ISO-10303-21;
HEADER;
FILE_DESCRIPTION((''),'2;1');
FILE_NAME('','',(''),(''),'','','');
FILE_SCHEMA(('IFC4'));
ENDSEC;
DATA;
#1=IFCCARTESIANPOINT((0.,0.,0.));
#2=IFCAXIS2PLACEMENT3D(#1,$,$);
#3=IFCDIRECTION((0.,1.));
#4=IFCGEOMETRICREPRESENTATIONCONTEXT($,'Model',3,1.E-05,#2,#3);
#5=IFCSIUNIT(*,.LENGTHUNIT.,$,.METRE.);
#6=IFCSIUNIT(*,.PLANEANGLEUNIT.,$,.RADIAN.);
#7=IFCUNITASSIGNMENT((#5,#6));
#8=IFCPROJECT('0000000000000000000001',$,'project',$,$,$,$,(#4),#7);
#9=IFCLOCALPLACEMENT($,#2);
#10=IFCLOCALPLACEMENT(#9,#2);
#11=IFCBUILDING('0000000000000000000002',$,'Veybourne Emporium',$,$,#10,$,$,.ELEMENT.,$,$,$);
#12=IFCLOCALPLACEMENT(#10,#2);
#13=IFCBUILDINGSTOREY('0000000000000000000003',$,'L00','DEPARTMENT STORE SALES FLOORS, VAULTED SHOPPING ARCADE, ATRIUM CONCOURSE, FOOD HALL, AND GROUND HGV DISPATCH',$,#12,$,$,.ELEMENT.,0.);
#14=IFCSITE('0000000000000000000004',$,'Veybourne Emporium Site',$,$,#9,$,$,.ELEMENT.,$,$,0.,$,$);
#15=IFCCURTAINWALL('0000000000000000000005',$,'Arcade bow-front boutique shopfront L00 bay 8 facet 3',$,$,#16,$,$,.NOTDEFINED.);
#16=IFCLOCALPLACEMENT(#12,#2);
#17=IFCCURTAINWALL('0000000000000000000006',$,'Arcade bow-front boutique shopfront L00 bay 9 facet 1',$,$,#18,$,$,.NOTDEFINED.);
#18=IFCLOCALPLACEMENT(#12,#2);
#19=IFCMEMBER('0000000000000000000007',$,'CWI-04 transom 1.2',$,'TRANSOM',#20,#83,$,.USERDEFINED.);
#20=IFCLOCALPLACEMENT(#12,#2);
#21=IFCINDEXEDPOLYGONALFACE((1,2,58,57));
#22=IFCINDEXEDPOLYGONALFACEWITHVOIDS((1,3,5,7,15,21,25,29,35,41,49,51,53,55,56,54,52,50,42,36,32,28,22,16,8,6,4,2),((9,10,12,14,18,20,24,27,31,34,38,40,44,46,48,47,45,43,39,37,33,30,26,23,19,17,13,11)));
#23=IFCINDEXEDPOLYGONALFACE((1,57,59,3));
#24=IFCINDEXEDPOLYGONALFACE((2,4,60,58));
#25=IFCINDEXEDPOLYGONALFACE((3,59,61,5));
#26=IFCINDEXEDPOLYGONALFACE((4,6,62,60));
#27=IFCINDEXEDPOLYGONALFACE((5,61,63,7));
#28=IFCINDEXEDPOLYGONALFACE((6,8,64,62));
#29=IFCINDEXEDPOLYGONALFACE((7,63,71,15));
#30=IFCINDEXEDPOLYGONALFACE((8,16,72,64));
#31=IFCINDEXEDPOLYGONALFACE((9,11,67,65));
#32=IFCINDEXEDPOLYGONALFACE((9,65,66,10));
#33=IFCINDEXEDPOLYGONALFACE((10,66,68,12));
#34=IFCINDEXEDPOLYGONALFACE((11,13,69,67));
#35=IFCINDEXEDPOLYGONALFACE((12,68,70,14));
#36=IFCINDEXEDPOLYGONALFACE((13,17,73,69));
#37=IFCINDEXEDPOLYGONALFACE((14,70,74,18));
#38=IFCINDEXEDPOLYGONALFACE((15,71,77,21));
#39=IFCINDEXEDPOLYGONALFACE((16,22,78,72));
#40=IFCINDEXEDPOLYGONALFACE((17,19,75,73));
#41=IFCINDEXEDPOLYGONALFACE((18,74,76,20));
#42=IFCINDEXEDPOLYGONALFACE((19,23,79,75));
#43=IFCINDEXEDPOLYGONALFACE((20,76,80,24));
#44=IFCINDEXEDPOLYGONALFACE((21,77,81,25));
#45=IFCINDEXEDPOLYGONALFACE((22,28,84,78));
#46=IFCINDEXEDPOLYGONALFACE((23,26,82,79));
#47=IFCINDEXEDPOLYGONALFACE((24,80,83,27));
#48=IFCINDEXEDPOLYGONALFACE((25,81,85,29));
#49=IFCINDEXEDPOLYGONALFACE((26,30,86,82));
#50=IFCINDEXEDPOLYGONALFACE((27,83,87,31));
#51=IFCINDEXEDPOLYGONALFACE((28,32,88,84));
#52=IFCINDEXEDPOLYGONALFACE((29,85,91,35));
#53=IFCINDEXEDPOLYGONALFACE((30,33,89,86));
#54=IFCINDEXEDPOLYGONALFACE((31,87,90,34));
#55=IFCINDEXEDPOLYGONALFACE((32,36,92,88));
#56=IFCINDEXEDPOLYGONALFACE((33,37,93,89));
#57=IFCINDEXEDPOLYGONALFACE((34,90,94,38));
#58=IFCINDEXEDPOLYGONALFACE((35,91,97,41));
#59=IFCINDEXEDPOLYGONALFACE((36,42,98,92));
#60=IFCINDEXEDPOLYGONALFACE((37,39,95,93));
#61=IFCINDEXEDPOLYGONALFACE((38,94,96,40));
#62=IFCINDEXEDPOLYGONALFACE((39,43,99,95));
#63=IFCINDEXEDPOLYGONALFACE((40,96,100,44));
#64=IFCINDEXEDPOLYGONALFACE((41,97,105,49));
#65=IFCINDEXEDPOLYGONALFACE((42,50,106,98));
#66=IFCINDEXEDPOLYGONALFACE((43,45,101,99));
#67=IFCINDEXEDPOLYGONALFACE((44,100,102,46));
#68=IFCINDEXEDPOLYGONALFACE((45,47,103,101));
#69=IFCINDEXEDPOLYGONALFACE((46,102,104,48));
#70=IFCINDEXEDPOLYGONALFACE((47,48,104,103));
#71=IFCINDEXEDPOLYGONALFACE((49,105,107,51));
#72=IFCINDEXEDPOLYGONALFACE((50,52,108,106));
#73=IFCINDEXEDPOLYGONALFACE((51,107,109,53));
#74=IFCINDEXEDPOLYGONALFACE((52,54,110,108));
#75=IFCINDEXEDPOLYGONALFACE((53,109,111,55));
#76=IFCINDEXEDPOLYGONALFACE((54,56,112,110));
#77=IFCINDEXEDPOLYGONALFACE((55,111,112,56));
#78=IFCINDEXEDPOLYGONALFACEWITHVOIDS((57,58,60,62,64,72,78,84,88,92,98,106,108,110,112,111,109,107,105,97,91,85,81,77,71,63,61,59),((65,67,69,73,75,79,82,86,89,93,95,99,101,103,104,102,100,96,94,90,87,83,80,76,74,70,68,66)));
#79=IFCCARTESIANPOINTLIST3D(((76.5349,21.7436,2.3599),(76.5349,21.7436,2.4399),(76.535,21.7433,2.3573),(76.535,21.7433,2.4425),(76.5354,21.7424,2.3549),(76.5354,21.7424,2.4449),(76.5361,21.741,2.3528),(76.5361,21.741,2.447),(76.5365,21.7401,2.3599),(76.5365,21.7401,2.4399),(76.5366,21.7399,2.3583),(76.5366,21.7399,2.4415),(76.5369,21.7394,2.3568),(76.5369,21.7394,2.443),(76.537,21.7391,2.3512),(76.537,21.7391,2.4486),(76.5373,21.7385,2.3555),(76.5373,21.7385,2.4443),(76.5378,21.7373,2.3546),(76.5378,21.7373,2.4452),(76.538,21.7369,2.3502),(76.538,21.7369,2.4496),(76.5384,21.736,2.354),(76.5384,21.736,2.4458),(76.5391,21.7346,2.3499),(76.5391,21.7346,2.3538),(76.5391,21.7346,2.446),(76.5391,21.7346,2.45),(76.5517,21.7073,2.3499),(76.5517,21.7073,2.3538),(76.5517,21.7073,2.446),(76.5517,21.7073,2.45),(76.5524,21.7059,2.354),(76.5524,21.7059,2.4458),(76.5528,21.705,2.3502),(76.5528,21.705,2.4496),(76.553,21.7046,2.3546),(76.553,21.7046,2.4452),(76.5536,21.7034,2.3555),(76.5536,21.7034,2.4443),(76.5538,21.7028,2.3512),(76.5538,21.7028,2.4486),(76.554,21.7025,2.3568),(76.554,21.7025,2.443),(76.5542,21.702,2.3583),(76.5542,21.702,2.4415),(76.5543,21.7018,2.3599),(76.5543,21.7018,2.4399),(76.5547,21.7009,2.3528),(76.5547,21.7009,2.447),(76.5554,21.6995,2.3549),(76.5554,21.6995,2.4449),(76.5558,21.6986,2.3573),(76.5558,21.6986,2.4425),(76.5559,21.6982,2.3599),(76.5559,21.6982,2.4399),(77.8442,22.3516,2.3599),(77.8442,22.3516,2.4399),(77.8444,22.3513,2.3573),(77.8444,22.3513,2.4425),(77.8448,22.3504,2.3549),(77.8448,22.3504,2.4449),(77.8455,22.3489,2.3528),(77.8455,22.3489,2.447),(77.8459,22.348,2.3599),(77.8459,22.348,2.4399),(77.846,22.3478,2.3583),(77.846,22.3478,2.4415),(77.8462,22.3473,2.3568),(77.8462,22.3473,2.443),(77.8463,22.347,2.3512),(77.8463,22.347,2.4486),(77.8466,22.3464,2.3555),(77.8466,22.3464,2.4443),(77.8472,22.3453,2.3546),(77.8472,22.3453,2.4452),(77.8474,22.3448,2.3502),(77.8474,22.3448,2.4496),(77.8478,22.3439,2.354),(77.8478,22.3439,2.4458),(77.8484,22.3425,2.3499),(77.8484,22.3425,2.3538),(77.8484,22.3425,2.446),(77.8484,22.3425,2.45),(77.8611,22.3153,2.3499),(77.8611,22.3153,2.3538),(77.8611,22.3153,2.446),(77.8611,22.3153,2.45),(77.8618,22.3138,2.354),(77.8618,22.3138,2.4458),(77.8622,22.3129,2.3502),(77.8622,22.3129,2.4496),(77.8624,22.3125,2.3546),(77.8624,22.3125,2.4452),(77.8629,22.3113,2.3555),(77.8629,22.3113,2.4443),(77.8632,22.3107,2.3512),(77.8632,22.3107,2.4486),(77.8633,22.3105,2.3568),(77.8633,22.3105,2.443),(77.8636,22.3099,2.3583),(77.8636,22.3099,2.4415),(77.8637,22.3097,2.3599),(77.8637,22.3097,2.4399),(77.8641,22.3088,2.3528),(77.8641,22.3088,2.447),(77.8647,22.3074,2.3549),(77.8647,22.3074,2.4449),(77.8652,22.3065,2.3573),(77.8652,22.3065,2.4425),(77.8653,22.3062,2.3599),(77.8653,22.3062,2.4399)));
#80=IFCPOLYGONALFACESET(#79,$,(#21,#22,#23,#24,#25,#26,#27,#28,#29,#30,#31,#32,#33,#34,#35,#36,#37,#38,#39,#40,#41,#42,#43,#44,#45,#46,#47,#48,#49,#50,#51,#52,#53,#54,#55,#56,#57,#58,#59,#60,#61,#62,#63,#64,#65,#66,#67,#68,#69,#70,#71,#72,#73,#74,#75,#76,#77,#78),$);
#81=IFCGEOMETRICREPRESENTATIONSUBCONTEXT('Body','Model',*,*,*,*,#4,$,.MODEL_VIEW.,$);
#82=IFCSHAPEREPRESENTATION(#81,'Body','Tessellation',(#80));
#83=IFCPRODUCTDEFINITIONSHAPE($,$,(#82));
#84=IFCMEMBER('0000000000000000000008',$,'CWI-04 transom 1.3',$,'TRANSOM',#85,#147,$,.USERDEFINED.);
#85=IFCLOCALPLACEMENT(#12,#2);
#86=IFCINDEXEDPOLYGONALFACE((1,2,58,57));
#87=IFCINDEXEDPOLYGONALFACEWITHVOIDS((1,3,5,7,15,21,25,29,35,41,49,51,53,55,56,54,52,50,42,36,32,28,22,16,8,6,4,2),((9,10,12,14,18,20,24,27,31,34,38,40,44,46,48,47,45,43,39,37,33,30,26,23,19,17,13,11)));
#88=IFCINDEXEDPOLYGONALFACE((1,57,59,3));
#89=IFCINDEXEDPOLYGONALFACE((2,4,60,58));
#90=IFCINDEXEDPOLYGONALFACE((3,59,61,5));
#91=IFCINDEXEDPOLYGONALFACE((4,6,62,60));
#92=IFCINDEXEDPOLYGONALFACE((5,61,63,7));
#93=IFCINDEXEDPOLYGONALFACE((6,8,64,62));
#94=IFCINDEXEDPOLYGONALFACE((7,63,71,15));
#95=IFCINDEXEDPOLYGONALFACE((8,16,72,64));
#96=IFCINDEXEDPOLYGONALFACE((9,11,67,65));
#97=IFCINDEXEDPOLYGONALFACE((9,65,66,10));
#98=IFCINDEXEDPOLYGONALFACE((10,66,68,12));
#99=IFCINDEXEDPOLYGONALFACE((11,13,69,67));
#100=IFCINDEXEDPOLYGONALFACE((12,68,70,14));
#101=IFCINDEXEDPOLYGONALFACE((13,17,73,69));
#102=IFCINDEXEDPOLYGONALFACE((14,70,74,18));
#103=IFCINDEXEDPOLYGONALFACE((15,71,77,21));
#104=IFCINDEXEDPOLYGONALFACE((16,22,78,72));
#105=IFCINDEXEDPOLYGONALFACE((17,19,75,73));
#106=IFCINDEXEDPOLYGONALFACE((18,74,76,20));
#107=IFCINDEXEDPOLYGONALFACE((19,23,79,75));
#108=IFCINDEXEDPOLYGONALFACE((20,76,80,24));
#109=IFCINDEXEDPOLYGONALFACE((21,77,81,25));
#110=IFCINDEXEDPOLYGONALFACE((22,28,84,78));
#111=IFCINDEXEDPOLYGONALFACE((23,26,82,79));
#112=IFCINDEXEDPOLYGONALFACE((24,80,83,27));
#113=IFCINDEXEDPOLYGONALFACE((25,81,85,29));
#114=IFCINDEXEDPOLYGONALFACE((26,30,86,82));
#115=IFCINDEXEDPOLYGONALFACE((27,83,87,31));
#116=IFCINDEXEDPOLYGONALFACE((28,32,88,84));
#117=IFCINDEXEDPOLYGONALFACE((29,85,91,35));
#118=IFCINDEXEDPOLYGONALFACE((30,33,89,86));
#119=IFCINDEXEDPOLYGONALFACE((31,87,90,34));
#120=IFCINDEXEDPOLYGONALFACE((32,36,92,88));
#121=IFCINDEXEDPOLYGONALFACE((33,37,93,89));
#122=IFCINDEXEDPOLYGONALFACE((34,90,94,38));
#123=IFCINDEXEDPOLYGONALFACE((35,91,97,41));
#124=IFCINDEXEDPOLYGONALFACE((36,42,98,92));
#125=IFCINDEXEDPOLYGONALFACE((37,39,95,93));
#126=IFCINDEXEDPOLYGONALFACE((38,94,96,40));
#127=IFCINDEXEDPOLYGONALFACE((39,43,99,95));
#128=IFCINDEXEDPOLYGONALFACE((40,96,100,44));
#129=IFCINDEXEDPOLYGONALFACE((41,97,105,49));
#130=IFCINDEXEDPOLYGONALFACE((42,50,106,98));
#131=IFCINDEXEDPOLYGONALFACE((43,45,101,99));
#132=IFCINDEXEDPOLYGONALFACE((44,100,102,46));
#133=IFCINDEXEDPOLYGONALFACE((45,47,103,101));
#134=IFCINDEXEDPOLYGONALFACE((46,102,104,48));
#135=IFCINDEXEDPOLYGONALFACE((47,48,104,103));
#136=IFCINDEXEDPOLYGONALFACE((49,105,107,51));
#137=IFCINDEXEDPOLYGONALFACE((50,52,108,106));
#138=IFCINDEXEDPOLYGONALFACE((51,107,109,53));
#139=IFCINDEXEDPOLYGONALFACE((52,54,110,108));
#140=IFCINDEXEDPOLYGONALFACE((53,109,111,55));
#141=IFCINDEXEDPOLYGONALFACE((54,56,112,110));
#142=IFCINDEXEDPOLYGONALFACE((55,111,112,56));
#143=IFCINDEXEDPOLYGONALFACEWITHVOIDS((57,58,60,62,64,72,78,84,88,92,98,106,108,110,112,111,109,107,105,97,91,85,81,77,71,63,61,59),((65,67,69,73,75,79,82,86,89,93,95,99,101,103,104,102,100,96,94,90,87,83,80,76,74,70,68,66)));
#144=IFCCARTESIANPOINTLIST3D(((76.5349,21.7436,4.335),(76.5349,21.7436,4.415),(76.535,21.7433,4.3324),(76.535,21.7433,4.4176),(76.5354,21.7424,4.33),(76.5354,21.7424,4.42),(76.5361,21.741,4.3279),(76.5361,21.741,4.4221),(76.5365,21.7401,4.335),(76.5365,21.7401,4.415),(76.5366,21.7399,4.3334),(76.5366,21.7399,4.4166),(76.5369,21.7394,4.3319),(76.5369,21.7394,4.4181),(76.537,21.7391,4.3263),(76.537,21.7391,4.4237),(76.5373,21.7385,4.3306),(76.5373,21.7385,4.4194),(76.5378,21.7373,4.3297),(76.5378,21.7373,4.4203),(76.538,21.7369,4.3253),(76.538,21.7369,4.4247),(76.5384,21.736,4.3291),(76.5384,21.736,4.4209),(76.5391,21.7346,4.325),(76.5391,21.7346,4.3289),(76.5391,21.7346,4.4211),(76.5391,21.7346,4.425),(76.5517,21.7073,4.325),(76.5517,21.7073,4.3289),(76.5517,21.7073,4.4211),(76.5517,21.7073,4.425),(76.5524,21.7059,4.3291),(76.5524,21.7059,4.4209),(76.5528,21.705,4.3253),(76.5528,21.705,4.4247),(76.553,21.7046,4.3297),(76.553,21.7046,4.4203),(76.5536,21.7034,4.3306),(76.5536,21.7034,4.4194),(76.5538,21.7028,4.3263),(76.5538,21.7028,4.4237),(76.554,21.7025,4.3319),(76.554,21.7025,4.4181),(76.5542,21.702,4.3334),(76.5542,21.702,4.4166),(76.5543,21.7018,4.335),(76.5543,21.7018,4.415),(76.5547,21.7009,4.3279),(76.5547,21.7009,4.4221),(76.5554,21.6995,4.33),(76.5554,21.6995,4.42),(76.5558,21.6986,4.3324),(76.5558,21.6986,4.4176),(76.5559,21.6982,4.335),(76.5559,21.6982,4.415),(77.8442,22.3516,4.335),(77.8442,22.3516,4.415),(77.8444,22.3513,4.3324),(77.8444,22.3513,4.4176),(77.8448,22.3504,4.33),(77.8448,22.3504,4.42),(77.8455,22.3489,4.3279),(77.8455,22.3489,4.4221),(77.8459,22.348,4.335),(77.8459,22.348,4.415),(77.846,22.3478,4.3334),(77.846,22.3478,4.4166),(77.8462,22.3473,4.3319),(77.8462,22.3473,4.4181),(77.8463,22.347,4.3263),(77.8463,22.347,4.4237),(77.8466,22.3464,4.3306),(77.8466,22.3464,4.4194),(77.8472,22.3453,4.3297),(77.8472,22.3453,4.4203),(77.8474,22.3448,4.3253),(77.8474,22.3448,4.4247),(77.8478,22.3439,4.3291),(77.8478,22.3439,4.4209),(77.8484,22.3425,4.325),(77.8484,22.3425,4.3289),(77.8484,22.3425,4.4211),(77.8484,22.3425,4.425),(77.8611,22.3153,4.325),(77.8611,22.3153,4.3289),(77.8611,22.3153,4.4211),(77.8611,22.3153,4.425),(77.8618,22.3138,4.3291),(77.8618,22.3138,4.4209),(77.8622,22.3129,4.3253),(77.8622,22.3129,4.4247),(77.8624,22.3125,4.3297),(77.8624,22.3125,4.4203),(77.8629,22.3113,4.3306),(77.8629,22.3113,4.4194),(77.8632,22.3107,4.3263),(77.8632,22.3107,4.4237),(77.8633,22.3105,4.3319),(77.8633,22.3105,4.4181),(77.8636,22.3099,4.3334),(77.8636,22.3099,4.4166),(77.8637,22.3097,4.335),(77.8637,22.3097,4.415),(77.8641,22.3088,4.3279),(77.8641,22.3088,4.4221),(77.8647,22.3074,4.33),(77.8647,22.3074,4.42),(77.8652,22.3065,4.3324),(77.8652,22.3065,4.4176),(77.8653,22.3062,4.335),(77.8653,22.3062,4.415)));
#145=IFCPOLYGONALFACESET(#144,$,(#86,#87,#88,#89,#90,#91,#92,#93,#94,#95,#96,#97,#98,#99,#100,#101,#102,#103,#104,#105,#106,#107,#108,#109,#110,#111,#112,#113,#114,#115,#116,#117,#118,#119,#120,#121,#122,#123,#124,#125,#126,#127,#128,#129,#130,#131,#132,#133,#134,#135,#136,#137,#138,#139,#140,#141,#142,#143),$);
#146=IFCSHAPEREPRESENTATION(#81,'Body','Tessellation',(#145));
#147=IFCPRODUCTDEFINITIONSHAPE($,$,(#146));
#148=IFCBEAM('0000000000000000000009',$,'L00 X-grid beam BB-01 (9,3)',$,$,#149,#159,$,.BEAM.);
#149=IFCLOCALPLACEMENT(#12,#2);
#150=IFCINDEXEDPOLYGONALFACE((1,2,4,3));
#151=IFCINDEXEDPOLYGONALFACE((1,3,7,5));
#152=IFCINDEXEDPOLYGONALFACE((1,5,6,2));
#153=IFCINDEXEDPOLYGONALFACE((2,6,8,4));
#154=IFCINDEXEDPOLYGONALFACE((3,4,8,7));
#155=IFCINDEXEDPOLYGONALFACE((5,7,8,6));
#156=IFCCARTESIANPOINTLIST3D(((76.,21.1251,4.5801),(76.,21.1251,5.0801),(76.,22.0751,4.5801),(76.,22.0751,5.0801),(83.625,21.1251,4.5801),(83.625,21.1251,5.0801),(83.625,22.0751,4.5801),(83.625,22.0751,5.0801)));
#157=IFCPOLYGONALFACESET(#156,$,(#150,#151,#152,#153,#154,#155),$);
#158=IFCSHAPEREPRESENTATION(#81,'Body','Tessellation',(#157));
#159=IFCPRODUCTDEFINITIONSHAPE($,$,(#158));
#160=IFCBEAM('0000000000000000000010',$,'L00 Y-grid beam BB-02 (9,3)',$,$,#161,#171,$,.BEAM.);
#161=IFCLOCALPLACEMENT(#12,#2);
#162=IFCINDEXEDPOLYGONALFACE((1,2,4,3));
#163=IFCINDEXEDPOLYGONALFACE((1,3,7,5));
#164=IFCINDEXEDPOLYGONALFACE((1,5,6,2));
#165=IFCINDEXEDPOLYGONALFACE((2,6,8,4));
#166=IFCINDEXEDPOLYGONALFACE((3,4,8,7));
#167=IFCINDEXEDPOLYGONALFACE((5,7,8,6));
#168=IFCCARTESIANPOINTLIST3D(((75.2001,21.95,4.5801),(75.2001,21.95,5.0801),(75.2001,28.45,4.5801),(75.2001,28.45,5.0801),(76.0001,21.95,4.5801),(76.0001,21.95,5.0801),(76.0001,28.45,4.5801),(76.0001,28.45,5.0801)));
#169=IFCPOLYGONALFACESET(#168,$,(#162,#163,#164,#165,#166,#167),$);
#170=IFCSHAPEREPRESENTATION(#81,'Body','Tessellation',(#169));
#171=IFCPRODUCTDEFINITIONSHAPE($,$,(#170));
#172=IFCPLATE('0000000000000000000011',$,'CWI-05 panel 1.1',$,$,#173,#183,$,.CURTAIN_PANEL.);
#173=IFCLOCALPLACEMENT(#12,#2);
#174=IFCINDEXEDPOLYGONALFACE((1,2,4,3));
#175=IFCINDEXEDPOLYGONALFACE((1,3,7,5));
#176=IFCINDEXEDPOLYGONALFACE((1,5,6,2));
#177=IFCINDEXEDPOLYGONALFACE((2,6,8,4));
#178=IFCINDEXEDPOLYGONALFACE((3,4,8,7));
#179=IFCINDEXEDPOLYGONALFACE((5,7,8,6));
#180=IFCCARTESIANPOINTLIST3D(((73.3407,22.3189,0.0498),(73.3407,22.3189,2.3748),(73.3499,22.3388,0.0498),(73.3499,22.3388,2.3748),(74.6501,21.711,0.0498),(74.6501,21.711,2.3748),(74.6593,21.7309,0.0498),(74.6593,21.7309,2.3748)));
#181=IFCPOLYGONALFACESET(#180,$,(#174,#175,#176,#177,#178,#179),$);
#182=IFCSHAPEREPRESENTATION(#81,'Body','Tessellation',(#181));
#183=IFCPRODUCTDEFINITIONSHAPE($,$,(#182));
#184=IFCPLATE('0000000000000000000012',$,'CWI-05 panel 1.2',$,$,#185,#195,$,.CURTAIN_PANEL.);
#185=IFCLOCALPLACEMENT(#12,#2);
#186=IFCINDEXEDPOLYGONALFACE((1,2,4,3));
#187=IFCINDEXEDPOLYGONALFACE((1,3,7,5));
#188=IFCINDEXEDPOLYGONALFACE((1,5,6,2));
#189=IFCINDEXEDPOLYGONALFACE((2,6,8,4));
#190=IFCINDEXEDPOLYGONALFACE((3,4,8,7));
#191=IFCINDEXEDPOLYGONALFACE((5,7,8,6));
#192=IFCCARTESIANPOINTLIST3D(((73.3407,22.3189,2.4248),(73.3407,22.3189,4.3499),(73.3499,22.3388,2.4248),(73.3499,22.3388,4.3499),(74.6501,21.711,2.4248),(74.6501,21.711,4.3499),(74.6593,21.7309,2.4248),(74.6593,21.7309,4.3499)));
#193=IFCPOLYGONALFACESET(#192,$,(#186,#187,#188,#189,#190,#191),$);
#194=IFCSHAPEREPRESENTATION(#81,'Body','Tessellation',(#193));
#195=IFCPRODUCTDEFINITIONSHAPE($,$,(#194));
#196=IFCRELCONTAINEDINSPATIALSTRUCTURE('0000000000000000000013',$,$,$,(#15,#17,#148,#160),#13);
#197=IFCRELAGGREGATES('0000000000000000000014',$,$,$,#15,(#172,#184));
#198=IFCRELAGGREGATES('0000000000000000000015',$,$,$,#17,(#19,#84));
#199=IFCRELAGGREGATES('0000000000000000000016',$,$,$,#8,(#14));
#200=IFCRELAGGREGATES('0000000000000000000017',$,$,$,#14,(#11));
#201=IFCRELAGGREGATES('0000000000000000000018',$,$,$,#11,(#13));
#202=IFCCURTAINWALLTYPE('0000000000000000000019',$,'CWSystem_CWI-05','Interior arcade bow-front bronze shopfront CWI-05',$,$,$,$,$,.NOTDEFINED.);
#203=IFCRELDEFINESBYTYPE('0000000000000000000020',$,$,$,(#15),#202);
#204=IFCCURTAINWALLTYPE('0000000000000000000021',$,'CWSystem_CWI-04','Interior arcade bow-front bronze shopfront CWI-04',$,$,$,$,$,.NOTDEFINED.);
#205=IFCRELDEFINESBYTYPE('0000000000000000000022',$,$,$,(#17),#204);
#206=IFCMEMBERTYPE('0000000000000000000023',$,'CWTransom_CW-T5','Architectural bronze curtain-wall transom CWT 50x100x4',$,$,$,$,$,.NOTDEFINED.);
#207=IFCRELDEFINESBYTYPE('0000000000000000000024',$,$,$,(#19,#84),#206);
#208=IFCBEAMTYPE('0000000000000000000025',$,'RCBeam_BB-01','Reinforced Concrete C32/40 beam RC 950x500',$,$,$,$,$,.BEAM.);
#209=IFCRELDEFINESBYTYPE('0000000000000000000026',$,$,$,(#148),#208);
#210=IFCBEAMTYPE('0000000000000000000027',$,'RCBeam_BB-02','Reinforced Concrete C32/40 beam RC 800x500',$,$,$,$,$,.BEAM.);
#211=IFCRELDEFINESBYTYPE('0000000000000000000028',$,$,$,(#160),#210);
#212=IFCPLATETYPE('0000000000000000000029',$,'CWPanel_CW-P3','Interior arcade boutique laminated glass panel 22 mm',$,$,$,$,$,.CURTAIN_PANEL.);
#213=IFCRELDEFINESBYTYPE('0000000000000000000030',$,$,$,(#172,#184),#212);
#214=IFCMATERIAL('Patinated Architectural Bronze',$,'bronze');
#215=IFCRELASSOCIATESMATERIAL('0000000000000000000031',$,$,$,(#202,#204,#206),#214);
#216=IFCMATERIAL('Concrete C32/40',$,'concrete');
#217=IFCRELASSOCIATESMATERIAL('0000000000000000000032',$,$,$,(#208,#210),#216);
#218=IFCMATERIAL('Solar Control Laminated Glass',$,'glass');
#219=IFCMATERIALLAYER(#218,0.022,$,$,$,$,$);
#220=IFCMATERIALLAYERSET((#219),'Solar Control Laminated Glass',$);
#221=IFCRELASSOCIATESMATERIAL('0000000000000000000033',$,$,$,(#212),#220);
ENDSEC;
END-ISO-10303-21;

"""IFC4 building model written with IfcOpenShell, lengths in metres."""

from ifc_helpers import new_model, si_unit, direction, frame, origin, origin_2d, place, context, subcontext, project, spatial, rectangle, hollow_rectangle, extrude, material, layer, layer_set, material_profile, profile_set, type_object, element, aggregate, save


model = new_model("IFC4")

# Units and contexts
model_context = context("Model", 3, precision=1e-05, world=origin(), true_north=direction((0.0, 1.0)))
body_context = subcontext(model_context, "Body", "Model", "MODEL_VIEW")
ifc_project = project(units=[si_unit("LENGTHUNIT", "METRE"), si_unit("PLANEANGLEUNIT", "RADIAN")], contexts=[model_context])

# Site, building, storey
site_placement = place(None, origin())
site = spatial("IfcSite", under=ifc_project, at=site_placement, Name="Veybourne Emporium Site", CompositionType="ELEMENT", RefElevation=0.0)
building_placement = place(site_placement, origin())
building = spatial("IfcBuilding", under=site, at=building_placement, Name="Veybourne Emporium", CompositionType="ELEMENT")
storey_placement = place(building_placement, origin())
storey = spatial("IfcBuildingStorey", under=building, at=storey_placement, Name="L00", Description="DEPARTMENT STORE SALES FLOORS, VAULTED SHOPPING ARCADE, ATRIUM CONCOURSE, FOOD HALL, AND GROUND HGV DISPATCH", CompositionType="ELEMENT", Elevation=0.0)

# Curtain walls
ifc_material_1 = material(Name="Patinated Architectural Bronze", Category="bronze")
curtain_wall_type_1 = type_object("IfcCurtainWallType", Name="CWSystem_CWI-05", Description="Interior arcade bow-front bronze shopfront CWI-05", PredefinedType="NOTDEFINED", material=ifc_material_1)
curtain_wall_1_placement = place(storey_placement, origin())
curtain_wall_1 = element("IfcCurtainWall", 1, at=curtain_wall_1_placement, inside=storey, type_object=curtain_wall_type_1, Name="Arcade bow-front boutique shopfront L00 bay 8 facet 3", PredefinedType="NOTDEFINED")
curtain_wall_type_2 = type_object("IfcCurtainWallType", Name="CWSystem_CWI-04", Description="Interior arcade bow-front bronze shopfront CWI-04", PredefinedType="NOTDEFINED", material=ifc_material_1)
curtain_wall_2_placement = place(storey_placement, origin())
curtain_wall_2 = element("IfcCurtainWall", 2, at=curtain_wall_2_placement, inside=storey, type_object=curtain_wall_type_2, Name="Arcade bow-front boutique shopfront L00 bay 9 facet 1", PredefinedType="NOTDEFINED")

# Members
ifc_material_profile_1 = material_profile(ifc_material_1, hollow_rectangle(XDim=0.05, YDim=0.1001, WallThickness=0.0039, InnerFilletRadius=0.0061, OuterFilletRadius=0.01, at=origin_2d()), Name="CWT 50x100x4")
ifc_profile_set_1 = profile_set([ifc_material_profile_1], Name="Patinated Architectural Bronze")
member_type_1 = type_object("IfcMemberType", Name="CWTransom_CW-T5", Description="Architectural bronze curtain-wall transom CWT 50x100x4", PredefinedType="NOTDEFINED", material=ifc_profile_set_1)
member_1_placement = place(storey_placement, frame((76.5454, 21.7209, 2.3999), z_axis=(0.907007, 0.421116, 0.0), x_axis=(-0.421116, 0.907007, 0.0)))
member_1 = element("IfcMember", 3, at=member_1_placement, type_object=member_type_1, Name="CWI-04 transom 1.2", ObjectType="TRANSOM", PredefinedType="USERDEFINED", context=body_context, shape_type="SweptSolid", body=[
    extrude(hollow_rectangle(XDim=0.05, YDim=0.1001, WallThickness=0.0039, InnerFilletRadius=0.0061, OuterFilletRadius=0.01, at=origin_2d()), origin(), (0.0, 0.0, 1.0), 1.4436),
])
member_2_placement = place(storey_placement, frame((76.5454, 21.7209, 4.375), z_axis=(0.907007, 0.421116, 0.0), x_axis=(-0.421116, 0.907007, 0.0)))
member_2 = element("IfcMember", 4, at=member_2_placement, type_object=member_type_1, Name="CWI-04 transom 1.3", ObjectType="TRANSOM", PredefinedType="USERDEFINED", context=body_context, shape_type="SweptSolid", body=[
    extrude(hollow_rectangle(XDim=0.05, YDim=0.1001, WallThickness=0.0039, InnerFilletRadius=0.0061, OuterFilletRadius=0.01, at=origin_2d()), origin(), (0.0, 0.0, 1.0), 1.4436),
])

# Beams
ifc_material_2 = material(Name="Concrete C32/40", Category="concrete")
ifc_material_profile_2 = material_profile(ifc_material_2, rectangle(XDim=0.95, YDim=0.5, at=origin_2d()), Name="RC 950x500")
ifc_profile_set_2 = profile_set([ifc_material_profile_2], Name="Concrete C32/40")
beam_type_1 = type_object("IfcBeamType", Name="RCBeam_BB-01", Description="Reinforced Concrete C32/40 beam RC 950x500", PredefinedType="BEAM", material=ifc_profile_set_2)
beam_1_placement = place(storey_placement, frame((76.0, 21.6001, 4.8301), z_axis=(1.0, 0.0, 0.0), x_axis=(0.0, 1.0, 0.0)))
element("IfcBeam", 5, at=beam_1_placement, inside=storey, type_object=beam_type_1, Name="L00 X-grid beam BB-01 (9,3)", PredefinedType="BEAM", context=body_context, shape_type="SweptSolid", body=[
    extrude(rectangle(XDim=0.95, YDim=0.5, at=origin_2d()), origin(), (0.0, 0.0, 1.0), 7.625),
])
ifc_material_profile_3 = material_profile(ifc_material_2, rectangle(XDim=0.8, YDim=0.5, at=origin_2d()), Name="RC 800x500")
ifc_profile_set_3 = profile_set([ifc_material_profile_3], Name="Concrete C32/40")
beam_type_2 = type_object("IfcBeamType", Name="RCBeam_BB-02", Description="Reinforced Concrete C32/40 beam RC 800x500", PredefinedType="BEAM", material=ifc_profile_set_3)
beam_2_placement = place(storey_placement, frame((75.6001, 21.95, 4.8301), z_axis=(0.0, 1.0, 0.0), x_axis=(-1.0, 0.0, 0.0)))
element("IfcBeam", 6, at=beam_2_placement, inside=storey, type_object=beam_type_2, Name="L00 Y-grid beam BB-02 (9,3)", PredefinedType="BEAM", context=body_context, shape_type="SweptSolid", body=[
    extrude(rectangle(XDim=0.8, YDim=0.5, at=origin_2d()), origin(), (0.0, 0.0, 1.0), 6.5),
])

# Plates
ifc_material_3 = material(Name="Solar Control Laminated Glass", Category="glass")
ifc_layer = layer(ifc_material_3, 0.022)
ifc_layer_set = layer_set([ifc_layer], Name="Solar Control Laminated Glass")
plate_type = type_object("IfcPlateType", Name="CWPanel_CW-P3", Description="Interior arcade boutique laminated glass panel 22 mm", PredefinedType="CURTAIN_PANEL", material=ifc_layer_set)
plate_1_placement = place(storey_placement, frame((74.0, 22.0249, 0.0498), z_axis=(0.0, 0.0, 1.0), x_axis=(0.907009, -0.421111, 0.0)))
plate_1 = element("IfcPlate", 7, at=plate_1_placement, type_object=plate_type, Name="CWI-05 panel 1.1", PredefinedType="CURTAIN_PANEL", context=body_context, shape_type="SweptSolid", body=[
    extrude(rectangle(XDim=1.4436, YDim=0.022, at=origin_2d()), origin(), (0.0, 0.0, 1.0), 2.325),
])
plate_2_placement = place(storey_placement, frame((74.0, 22.0249, 2.4248), z_axis=(0.0, 0.0, 1.0), x_axis=(0.907009, -0.421111, 0.0)))
plate_2 = element("IfcPlate", 8, at=plate_2_placement, type_object=plate_type, Name="CWI-05 panel 1.2", PredefinedType="CURTAIN_PANEL", context=body_context, shape_type="SweptSolid", body=[
    extrude(rectangle(XDim=1.4436, YDim=0.022, at=origin_2d()), origin(), (0.0, 0.0, 1.0), 1.925),
])
aggregate(curtain_wall_1, [plate_1, plate_2])
aggregate(curtain_wall_2, [member_1, member_2])

save(model, "model.ifc")
